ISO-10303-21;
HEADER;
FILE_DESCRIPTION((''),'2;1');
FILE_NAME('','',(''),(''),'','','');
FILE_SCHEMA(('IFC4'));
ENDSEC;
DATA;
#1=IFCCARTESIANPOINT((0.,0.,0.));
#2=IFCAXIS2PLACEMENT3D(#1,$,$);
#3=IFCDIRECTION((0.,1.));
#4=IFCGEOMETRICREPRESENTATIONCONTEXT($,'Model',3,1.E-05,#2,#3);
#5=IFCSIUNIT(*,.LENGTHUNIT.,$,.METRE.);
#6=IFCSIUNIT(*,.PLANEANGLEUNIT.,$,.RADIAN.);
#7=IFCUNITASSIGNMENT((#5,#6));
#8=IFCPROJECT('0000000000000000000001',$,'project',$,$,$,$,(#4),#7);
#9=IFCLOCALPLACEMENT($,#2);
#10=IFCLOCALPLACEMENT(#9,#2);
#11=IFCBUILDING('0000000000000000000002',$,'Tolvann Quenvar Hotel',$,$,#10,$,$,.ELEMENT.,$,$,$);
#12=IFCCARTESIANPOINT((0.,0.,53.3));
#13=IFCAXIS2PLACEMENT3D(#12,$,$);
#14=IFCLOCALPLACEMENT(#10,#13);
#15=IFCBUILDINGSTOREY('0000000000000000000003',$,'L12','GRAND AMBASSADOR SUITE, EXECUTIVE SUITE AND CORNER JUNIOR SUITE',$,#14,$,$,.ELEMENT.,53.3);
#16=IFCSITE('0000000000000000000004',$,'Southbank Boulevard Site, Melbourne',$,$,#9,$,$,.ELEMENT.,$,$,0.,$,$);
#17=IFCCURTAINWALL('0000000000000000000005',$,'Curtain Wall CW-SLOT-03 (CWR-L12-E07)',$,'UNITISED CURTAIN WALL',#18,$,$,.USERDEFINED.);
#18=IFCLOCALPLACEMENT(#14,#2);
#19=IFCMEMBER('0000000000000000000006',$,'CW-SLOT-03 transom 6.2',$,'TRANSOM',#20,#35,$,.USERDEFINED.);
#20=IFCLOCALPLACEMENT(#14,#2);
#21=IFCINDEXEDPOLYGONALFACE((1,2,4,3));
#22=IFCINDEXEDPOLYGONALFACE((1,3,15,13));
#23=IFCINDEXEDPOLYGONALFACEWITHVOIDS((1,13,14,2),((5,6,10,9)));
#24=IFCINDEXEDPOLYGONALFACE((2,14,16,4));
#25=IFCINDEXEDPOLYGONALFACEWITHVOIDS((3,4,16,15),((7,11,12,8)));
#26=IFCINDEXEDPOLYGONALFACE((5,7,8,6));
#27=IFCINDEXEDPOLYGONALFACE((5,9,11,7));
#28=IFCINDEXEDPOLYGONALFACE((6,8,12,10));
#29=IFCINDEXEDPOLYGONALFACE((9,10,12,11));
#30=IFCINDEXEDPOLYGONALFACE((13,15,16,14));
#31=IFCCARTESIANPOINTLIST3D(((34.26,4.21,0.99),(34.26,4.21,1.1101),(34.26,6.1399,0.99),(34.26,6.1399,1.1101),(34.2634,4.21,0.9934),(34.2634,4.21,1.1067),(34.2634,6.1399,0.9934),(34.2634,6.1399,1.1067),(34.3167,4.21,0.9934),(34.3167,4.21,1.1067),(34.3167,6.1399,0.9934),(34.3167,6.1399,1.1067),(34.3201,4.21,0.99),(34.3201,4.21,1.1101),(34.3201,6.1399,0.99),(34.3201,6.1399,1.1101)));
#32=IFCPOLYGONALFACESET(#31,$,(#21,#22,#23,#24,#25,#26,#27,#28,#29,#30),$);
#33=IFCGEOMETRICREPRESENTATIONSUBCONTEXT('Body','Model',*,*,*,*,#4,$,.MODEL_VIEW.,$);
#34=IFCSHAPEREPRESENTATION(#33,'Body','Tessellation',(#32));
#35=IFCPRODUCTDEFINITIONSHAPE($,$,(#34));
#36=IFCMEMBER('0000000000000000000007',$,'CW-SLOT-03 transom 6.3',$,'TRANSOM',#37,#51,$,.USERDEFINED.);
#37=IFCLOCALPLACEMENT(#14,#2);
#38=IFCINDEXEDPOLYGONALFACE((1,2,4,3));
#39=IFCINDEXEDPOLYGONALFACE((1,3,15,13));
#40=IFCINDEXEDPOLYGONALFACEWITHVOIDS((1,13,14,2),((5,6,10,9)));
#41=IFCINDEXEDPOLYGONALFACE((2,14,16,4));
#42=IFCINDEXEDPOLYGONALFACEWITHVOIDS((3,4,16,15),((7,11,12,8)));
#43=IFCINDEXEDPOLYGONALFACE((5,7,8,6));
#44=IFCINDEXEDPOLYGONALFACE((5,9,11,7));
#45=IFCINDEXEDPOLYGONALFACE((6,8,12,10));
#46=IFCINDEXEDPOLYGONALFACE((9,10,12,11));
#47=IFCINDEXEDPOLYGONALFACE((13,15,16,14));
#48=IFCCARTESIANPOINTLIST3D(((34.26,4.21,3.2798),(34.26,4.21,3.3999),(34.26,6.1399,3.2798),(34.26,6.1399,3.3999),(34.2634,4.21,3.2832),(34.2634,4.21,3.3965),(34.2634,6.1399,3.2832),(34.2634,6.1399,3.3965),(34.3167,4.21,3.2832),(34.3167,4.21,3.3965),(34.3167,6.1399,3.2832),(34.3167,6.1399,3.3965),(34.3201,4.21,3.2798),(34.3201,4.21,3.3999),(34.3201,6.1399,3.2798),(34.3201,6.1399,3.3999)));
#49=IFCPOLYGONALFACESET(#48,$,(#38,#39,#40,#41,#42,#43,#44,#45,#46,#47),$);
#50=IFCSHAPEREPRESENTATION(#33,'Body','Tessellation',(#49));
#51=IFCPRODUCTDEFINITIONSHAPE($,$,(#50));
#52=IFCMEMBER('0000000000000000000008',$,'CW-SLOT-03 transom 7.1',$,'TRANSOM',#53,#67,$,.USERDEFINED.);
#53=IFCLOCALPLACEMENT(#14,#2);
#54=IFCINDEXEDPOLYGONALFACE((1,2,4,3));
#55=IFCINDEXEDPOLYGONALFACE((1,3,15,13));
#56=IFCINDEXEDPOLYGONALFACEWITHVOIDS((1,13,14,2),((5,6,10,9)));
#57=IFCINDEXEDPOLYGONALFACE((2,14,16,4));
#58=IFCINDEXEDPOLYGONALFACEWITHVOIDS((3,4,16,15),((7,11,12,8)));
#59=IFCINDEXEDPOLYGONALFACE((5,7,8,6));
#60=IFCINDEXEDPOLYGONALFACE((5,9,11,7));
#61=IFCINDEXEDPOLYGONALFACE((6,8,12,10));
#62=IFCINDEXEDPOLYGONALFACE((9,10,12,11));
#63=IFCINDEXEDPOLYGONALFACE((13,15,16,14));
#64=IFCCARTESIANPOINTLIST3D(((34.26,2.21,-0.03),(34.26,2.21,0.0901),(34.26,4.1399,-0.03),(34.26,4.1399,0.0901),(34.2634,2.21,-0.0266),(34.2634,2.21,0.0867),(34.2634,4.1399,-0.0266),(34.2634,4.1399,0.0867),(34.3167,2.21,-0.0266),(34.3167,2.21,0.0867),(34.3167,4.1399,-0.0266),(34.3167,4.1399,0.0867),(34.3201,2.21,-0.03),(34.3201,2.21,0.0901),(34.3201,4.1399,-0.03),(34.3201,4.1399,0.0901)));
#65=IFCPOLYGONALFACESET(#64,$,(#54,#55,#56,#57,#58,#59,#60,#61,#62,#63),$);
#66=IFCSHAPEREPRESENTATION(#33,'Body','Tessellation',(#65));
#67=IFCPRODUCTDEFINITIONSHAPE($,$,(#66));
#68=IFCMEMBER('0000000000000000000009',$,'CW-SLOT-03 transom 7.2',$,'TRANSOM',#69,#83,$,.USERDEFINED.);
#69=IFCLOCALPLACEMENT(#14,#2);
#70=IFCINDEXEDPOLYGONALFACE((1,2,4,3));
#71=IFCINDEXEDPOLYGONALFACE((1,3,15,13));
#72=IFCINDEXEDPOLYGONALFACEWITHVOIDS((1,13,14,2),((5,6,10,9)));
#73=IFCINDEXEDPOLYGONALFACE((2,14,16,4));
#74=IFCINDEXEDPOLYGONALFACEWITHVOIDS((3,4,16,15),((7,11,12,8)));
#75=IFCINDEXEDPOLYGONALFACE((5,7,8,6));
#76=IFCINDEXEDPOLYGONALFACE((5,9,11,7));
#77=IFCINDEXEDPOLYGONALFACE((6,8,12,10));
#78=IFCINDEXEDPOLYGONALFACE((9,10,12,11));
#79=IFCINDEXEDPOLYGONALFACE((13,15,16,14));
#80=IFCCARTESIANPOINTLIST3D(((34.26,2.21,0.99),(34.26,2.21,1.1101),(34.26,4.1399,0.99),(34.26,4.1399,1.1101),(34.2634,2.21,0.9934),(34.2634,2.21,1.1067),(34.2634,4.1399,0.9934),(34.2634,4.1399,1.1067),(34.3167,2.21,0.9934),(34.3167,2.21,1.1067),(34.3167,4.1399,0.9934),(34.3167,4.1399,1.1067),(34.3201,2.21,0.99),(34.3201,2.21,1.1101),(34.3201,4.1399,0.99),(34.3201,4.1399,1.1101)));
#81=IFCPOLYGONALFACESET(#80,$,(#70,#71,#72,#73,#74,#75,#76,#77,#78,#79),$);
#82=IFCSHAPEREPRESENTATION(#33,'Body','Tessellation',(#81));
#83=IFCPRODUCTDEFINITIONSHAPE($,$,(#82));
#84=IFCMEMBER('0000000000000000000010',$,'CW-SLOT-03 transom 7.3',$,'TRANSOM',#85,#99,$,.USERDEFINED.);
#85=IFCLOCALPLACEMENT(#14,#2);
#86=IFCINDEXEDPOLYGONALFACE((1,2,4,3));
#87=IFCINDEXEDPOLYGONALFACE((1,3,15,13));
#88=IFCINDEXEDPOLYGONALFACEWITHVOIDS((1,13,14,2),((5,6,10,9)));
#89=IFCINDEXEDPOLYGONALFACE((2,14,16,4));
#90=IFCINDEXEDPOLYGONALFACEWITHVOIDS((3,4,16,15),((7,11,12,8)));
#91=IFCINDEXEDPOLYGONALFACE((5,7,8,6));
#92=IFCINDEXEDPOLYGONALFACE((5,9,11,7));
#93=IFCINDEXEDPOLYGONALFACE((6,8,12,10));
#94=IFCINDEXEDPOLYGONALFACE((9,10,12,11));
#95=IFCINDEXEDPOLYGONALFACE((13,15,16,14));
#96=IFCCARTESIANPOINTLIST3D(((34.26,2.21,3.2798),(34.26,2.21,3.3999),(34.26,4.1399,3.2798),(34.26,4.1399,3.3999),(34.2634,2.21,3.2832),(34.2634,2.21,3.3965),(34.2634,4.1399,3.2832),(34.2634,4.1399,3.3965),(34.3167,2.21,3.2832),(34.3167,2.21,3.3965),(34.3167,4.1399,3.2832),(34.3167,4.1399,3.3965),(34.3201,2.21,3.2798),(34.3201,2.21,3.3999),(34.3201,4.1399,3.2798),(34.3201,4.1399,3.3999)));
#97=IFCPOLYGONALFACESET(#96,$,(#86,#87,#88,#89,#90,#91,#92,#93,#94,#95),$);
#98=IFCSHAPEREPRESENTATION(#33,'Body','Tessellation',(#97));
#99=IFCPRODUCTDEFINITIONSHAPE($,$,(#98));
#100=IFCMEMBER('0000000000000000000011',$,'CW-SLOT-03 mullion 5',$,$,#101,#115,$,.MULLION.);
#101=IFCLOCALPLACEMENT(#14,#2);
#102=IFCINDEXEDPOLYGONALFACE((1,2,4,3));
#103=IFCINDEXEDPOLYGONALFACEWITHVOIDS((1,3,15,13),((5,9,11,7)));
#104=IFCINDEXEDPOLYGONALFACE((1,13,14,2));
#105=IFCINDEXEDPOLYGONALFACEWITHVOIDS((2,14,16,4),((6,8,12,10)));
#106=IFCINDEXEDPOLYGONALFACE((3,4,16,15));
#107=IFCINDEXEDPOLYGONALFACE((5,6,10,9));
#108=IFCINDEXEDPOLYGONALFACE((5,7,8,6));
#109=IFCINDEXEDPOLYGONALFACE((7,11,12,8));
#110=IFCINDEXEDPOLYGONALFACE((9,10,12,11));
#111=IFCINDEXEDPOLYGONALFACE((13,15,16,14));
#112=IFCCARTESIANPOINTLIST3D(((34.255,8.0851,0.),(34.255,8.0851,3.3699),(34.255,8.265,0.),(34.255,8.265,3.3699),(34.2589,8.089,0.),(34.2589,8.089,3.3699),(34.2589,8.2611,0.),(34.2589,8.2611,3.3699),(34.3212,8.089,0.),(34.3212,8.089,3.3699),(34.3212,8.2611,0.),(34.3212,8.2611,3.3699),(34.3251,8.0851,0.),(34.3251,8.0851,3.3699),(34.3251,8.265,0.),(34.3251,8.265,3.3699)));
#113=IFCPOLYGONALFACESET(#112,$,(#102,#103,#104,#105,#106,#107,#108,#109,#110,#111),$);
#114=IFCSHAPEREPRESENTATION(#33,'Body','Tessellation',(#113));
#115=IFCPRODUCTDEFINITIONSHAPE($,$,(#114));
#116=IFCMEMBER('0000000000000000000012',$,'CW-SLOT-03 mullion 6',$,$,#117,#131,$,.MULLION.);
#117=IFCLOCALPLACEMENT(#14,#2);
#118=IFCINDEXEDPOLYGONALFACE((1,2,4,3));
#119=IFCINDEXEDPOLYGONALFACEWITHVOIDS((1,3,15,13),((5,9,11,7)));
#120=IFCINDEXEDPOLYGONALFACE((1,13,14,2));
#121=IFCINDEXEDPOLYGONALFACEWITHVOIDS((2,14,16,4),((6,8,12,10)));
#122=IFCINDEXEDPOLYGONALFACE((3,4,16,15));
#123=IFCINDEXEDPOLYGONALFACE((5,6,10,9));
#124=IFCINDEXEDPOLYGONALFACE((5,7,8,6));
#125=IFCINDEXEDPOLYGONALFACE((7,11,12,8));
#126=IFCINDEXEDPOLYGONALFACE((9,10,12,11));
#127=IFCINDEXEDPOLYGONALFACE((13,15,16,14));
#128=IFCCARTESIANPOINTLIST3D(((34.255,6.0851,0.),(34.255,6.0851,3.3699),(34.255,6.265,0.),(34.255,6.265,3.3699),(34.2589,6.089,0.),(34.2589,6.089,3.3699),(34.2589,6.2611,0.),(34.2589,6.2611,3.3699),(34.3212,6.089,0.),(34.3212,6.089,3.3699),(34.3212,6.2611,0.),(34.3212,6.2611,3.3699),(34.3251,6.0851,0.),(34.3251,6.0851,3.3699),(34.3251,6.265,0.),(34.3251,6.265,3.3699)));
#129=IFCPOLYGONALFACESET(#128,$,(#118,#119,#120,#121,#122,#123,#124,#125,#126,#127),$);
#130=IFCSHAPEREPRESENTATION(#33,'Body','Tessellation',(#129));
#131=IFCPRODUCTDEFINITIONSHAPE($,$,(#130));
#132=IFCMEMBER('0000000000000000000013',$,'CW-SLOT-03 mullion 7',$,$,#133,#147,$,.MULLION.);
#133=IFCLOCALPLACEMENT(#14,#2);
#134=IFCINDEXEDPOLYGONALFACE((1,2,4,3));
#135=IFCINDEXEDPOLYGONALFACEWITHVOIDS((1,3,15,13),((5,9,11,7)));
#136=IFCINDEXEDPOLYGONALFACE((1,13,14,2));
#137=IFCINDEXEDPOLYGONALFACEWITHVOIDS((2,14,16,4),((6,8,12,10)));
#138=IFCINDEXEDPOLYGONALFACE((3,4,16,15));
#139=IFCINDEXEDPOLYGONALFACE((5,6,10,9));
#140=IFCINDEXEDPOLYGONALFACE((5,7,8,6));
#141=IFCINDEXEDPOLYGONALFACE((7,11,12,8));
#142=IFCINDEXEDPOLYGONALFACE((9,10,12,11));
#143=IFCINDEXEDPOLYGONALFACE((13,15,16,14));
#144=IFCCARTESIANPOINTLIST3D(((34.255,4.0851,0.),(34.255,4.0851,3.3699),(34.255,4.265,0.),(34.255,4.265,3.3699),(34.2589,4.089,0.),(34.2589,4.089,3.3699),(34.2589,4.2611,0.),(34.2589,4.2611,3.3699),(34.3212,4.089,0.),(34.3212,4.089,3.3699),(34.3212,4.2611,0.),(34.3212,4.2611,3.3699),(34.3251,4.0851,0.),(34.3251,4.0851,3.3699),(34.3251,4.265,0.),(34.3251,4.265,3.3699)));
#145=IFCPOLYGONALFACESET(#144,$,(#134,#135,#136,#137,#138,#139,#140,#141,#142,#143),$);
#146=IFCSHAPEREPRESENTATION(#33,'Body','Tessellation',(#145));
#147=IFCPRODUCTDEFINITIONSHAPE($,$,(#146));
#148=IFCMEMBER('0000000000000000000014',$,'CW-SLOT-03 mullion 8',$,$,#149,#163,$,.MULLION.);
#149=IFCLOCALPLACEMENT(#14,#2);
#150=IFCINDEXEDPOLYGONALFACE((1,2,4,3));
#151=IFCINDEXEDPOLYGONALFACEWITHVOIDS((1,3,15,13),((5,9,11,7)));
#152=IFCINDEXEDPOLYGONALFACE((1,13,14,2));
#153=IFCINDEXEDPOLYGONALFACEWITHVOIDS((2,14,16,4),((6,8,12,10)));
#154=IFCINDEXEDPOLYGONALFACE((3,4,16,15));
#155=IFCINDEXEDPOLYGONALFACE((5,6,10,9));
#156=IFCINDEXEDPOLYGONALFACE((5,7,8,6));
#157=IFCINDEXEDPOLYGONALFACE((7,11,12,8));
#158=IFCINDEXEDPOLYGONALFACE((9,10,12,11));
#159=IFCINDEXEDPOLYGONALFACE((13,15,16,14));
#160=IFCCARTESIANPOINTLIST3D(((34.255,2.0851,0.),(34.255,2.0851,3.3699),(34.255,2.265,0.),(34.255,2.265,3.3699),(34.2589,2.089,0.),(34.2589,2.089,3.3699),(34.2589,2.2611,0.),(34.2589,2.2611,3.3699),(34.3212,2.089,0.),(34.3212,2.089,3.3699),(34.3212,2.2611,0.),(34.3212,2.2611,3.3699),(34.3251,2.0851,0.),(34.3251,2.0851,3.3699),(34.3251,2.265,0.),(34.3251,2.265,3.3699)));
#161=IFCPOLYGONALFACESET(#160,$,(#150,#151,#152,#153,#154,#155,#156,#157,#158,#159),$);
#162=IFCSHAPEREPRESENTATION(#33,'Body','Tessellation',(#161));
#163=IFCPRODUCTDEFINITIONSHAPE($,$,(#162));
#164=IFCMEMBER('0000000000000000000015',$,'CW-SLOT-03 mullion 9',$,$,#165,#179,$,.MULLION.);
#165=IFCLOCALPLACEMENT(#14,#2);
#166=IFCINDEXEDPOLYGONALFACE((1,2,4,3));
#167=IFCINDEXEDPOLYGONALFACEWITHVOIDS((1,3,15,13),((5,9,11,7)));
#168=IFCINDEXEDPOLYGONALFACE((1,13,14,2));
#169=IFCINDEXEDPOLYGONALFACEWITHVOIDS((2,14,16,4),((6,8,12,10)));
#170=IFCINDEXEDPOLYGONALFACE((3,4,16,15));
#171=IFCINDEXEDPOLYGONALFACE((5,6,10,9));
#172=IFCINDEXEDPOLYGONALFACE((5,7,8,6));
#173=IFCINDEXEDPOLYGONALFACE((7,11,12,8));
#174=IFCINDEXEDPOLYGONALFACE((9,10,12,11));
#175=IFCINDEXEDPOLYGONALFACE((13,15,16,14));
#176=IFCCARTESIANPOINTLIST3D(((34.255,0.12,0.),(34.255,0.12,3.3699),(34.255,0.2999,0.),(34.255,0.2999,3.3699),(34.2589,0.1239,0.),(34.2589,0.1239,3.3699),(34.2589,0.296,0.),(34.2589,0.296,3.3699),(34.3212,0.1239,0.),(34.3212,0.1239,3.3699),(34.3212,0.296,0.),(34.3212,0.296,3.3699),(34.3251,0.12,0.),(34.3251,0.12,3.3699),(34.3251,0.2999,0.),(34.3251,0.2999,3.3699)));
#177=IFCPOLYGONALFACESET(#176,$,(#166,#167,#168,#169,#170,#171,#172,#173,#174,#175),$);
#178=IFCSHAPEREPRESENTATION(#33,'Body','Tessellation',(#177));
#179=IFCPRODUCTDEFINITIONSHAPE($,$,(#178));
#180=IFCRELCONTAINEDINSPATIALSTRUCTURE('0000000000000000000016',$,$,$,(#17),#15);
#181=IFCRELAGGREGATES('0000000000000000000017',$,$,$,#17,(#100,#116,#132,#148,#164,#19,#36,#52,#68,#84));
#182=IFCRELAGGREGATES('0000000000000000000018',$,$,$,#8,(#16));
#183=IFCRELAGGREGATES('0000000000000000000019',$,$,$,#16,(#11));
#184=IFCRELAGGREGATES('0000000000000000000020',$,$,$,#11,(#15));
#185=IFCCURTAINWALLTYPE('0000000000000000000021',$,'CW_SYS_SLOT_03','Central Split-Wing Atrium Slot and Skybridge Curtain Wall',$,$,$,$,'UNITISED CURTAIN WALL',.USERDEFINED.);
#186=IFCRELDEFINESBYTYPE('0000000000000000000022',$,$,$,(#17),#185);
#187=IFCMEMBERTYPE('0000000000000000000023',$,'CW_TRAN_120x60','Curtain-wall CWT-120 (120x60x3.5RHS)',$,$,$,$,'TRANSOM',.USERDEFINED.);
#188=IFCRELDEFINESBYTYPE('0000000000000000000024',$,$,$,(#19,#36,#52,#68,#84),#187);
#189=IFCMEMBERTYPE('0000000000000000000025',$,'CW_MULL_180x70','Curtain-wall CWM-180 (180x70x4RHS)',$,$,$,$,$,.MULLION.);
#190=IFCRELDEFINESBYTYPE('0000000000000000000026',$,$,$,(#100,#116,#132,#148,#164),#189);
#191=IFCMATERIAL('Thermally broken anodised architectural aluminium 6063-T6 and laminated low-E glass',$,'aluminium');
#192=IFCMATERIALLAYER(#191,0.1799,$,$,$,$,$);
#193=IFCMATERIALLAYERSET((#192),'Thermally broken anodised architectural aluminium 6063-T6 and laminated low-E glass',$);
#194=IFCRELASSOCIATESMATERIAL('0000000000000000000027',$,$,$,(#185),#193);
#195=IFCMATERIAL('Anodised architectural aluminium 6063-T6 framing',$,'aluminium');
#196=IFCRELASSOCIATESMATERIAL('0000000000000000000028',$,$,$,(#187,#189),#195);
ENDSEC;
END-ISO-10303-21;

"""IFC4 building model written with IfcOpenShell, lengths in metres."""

from ifc_helpers import new_model, si_unit, direction, frame, origin, origin_2d, place, context, subcontext, project, spatial, hollow_rectangle, extrude, source, transform, mapped, material, layer, layer_set, material_profile, profile_set, type_object, type_shapes, element, aggregate, save


model = new_model("IFC4")

# Units and contexts
model_context = context("Model", 3, precision=1e-05, world=origin(), true_north=direction((0.0, 1.0)))
body_context = subcontext(model_context, "Body", "Model", "MODEL_VIEW")
ifc_project = project(units=[si_unit("LENGTHUNIT", "METRE"), si_unit("PLANEANGLEUNIT", "RADIAN")], contexts=[model_context])

# Site, building, storey
site_placement = place(None, origin())
site = spatial("IfcSite", under=ifc_project, at=site_placement, Name="Southbank Boulevard Site, Melbourne", CompositionType="ELEMENT", RefElevation=0.0)
building_placement = place(site_placement, origin())
building = spatial("IfcBuilding", under=site, at=building_placement, Name="Tolvann Quenvar Hotel", CompositionType="ELEMENT")
storey_placement = place(building_placement, frame((0.0, 0.0, 53.3)))
storey = spatial("IfcBuildingStorey", under=building, at=storey_placement, Name="L12", Description="GRAND AMBASSADOR SUITE, EXECUTIVE SUITE AND CORNER JUNIOR SUITE", CompositionType="ELEMENT", Elevation=53.3)

# Curtain wall
ifc_material_1 = material(Name="Thermally broken anodised architectural aluminium 6063-T6 and laminated low-E glass", Category="aluminium")
ifc_layer_1 = layer(ifc_material_1, 0.1799)
ifc_layer_set_1 = layer_set([ifc_layer_1], Name="Thermally broken anodised architectural aluminium 6063-T6 and laminated low-E glass")
curtain_wall_type = type_object("IfcCurtainWallType", Name="CW_SYS_SLOT_03", Description="Central Split-Wing Atrium Slot and Skybridge Curtain Wall", ElementType="UNITISED CURTAIN WALL", PredefinedType="USERDEFINED", material=ifc_layer_set_1)
curtain_wall_1_placement = place(storey_placement, origin())
curtain_wall_1 = element("IfcCurtainWall", 1, at=curtain_wall_1_placement, inside=storey, type_object=curtain_wall_type, Name="Curtain Wall CW-SLOT-03 (CWR-L12-E07)", ObjectType="UNITISED CURTAIN WALL", PredefinedType="USERDEFINED")
ifc_material_2 = material(Name="Anodised architectural aluminium 6063-T6 framing", Category="aluminium")
ifc_material_profile_1 = material_profile(ifc_material_2, hollow_rectangle(XDim=0.0601, YDim=0.1201, WallThickness=0.0034, at=origin_2d()), Name="120x60x3.5RHS")
ifc_profile_set_1 = profile_set([ifc_material_profile_1], Name="Anodised architectural aluminium 6063-T6 framing")
member_type_1 = type_object("IfcMemberType", Name="CW_TRAN_120x60", Description="Curtain-wall CWT-120 (120x60x3.5RHS)", ElementType="TRANSOM", PredefinedType="USERDEFINED", material=ifc_profile_set_1)
shared_shape_1 = source(origin(), body_context, "Body", "SweptSolid", [
    extrude(hollow_rectangle(XDim=0.0601, YDim=0.1201, WallThickness=0.0034, at=origin_2d()), origin(), (0.0, 0.0, 1.0), 1.9299),
])

# Members
member_1_placement = place(storey_placement, frame((34.29, 6.1399, 1.05), z_axis=(0.0, -1.0, 0.0), x_axis=(1.0, 0.0, 0.0)))
member_1 = element("IfcMember", 2, at=member_1_placement, type_object=member_type_1, Name="CW-SLOT-03 transom 6.2", ObjectType="TRANSOM", PredefinedType="USERDEFINED", context=body_context, shape_type="MappedRepresentation", body=[
    mapped(shared_shape_1, transform((0.0, 0.0, 0.0), x_axis=(1.0, 0.0, 0.0), y_axis=(0.0, 1.0, 0.0), z_axis=(0.0, 0.0, 1.0), scale=1.0)),
])
member_2_placement = place(storey_placement, frame((34.29, 6.1399, 3.3398), z_axis=(0.0, -1.0, 0.0), x_axis=(1.0, 0.0, 0.0)))
member_2 = element("IfcMember", 3, at=member_2_placement, type_object=member_type_1, Name="CW-SLOT-03 transom 6.3", ObjectType="TRANSOM", PredefinedType="USERDEFINED", context=body_context, shape_type="MappedRepresentation", body=[
    mapped(shared_shape_1, transform((0.0, 0.0, 0.0), x_axis=(1.0, 0.0, 0.0), y_axis=(0.0, 1.0, 0.0), z_axis=(0.0, 0.0, 1.0), scale=1.0)),
])
member_3_placement = place(storey_placement, frame((34.29, 4.1399, 0.03), z_axis=(0.0, -1.0, 0.0), x_axis=(1.0, 0.0, 0.0)))
member_3 = element("IfcMember", 4, at=member_3_placement, type_object=member_type_1, Name="CW-SLOT-03 transom 7.1", ObjectType="TRANSOM", PredefinedType="USERDEFINED", context=body_context, shape_type="MappedRepresentation", body=[
    mapped(shared_shape_1, transform((0.0, 0.0, 0.0), x_axis=(1.0, 0.0, 0.0), y_axis=(0.0, 1.0, 0.0), z_axis=(0.0, 0.0, 1.0), scale=1.0)),
])
member_4_placement = place(storey_placement, frame((34.29, 4.1399, 1.05), z_axis=(0.0, -1.0, 0.0), x_axis=(1.0, 0.0, 0.0)))
member_4 = element("IfcMember", 5, at=member_4_placement, type_object=member_type_1, Name="CW-SLOT-03 transom 7.2", ObjectType="TRANSOM", PredefinedType="USERDEFINED", context=body_context, shape_type="MappedRepresentation", body=[
    mapped(shared_shape_1, transform((0.0, 0.0, 0.0), x_axis=(1.0, 0.0, 0.0), y_axis=(0.0, 1.0, 0.0), z_axis=(0.0, 0.0, 1.0), scale=1.0)),
])
member_5_placement = place(storey_placement, frame((34.29, 4.1399, 3.3398), z_axis=(0.0, -1.0, 0.0), x_axis=(1.0, 0.0, 0.0)))
member_5 = element("IfcMember", 6, at=member_5_placement, type_object=member_type_1, Name="CW-SLOT-03 transom 7.3", ObjectType="TRANSOM", PredefinedType="USERDEFINED", context=body_context, shape_type="MappedRepresentation", body=[
    mapped(shared_shape_1, transform((0.0, 0.0, 0.0), x_axis=(1.0, 0.0, 0.0), y_axis=(0.0, 1.0, 0.0), z_axis=(0.0, 0.0, 1.0), scale=1.0)),
])
ifc_material_profile_2 = material_profile(ifc_material_2, hollow_rectangle(XDim=0.0701, YDim=0.1799, WallThickness=0.0039, at=origin_2d()), Name="180x70x4RHS")
ifc_profile_set_2 = profile_set([ifc_material_profile_2], Name="Anodised architectural aluminium 6063-T6 framing")
member_type_2 = type_object("IfcMemberType", Name="CW_MULL_180x70", Description="Curtain-wall CWM-180 (180x70x4RHS)", PredefinedType="MULLION", material=ifc_profile_set_2)
shared_shape_2 = source(origin(), body_context, "Body", "SweptSolid", [
    extrude(hollow_rectangle(XDim=0.0701, YDim=0.1799, WallThickness=0.0039, at=origin_2d()), origin(), (0.0, 0.0, 1.0), 3.3699),
])
type_shapes(member_type_2, [shared_shape_2])
member_6_placement = place(storey_placement, frame((34.29, 8.175, 0.0), z_axis=(0.0, 0.0, 1.0), x_axis=(1.0, 0.0, 0.0)))
member_6 = element("IfcMember", 7, at=member_6_placement, type_object=member_type_2, Name="CW-SLOT-03 mullion 5", PredefinedType="MULLION", context=body_context, shape_type="MappedRepresentation", body=[
    mapped(shared_shape_2, transform((0.0, 0.0, 0.0), x_axis=(1.0, 0.0, 0.0), y_axis=(0.0, 1.0, 0.0), z_axis=(0.0, 0.0, 1.0), scale=1.0)),
])
member_7_placement = place(storey_placement, frame((34.29, 6.175, 0.0), z_axis=(0.0, 0.0, 1.0), x_axis=(1.0, 0.0, 0.0)))
member_7 = element("IfcMember", 8, at=member_7_placement, type_object=member_type_2, Name="CW-SLOT-03 mullion 6", PredefinedType="MULLION", context=body_context, shape_type="MappedRepresentation", body=[
    mapped(shared_shape_2, transform((0.0, 0.0, 0.0), x_axis=(1.0, 0.0, 0.0), y_axis=(0.0, 1.0, 0.0), z_axis=(0.0, 0.0, 1.0), scale=1.0)),
])
member_8_placement = place(storey_placement, frame((34.29, 4.175, 0.0), z_axis=(0.0, 0.0, 1.0), x_axis=(1.0, 0.0, 0.0)))
member_8 = element("IfcMember", 9, at=member_8_placement, type_object=member_type_2, Name="CW-SLOT-03 mullion 7", PredefinedType="MULLION", context=body_context, shape_type="MappedRepresentation", body=[
    mapped(shared_shape_2, transform((0.0, 0.0, 0.0), x_axis=(1.0, 0.0, 0.0), y_axis=(0.0, 1.0, 0.0), z_axis=(0.0, 0.0, 1.0), scale=1.0)),
])
member_9_placement = place(storey_placement, frame((34.29, 2.175, 0.0), z_axis=(0.0, 0.0, 1.0), x_axis=(1.0, 0.0, 0.0)))
member_9 = element("IfcMember", 10, at=member_9_placement, type_object=member_type_2, Name="CW-SLOT-03 mullion 8", PredefinedType="MULLION", context=body_context, shape_type="MappedRepresentation", body=[
    mapped(shared_shape_2, transform((0.0, 0.0, 0.0), x_axis=(1.0, 0.0, 0.0), y_axis=(0.0, 1.0, 0.0), z_axis=(0.0, 0.0, 1.0), scale=1.0)),
])
member_10_placement = place(storey_placement, frame((34.29, 0.21, 0.0), z_axis=(0.0, 0.0, 1.0), x_axis=(1.0, 0.0, 0.0)))
member_10 = element("IfcMember", 11, at=member_10_placement, type_object=member_type_2, Name="CW-SLOT-03 mullion 9", PredefinedType="MULLION", context=body_context, shape_type="MappedRepresentation", body=[
    mapped(shared_shape_2, transform((0.0, 0.0, 0.0), x_axis=(1.0, 0.0, 0.0), y_axis=(0.0, 1.0, 0.0), z_axis=(0.0, 0.0, 1.0), scale=1.0)),
])

aggregate(curtain_wall_1, [member_6, member_7, member_8, member_9, member_10, member_1, member_2, member_3, member_4, member_5])

save(model, "model.ifc")
